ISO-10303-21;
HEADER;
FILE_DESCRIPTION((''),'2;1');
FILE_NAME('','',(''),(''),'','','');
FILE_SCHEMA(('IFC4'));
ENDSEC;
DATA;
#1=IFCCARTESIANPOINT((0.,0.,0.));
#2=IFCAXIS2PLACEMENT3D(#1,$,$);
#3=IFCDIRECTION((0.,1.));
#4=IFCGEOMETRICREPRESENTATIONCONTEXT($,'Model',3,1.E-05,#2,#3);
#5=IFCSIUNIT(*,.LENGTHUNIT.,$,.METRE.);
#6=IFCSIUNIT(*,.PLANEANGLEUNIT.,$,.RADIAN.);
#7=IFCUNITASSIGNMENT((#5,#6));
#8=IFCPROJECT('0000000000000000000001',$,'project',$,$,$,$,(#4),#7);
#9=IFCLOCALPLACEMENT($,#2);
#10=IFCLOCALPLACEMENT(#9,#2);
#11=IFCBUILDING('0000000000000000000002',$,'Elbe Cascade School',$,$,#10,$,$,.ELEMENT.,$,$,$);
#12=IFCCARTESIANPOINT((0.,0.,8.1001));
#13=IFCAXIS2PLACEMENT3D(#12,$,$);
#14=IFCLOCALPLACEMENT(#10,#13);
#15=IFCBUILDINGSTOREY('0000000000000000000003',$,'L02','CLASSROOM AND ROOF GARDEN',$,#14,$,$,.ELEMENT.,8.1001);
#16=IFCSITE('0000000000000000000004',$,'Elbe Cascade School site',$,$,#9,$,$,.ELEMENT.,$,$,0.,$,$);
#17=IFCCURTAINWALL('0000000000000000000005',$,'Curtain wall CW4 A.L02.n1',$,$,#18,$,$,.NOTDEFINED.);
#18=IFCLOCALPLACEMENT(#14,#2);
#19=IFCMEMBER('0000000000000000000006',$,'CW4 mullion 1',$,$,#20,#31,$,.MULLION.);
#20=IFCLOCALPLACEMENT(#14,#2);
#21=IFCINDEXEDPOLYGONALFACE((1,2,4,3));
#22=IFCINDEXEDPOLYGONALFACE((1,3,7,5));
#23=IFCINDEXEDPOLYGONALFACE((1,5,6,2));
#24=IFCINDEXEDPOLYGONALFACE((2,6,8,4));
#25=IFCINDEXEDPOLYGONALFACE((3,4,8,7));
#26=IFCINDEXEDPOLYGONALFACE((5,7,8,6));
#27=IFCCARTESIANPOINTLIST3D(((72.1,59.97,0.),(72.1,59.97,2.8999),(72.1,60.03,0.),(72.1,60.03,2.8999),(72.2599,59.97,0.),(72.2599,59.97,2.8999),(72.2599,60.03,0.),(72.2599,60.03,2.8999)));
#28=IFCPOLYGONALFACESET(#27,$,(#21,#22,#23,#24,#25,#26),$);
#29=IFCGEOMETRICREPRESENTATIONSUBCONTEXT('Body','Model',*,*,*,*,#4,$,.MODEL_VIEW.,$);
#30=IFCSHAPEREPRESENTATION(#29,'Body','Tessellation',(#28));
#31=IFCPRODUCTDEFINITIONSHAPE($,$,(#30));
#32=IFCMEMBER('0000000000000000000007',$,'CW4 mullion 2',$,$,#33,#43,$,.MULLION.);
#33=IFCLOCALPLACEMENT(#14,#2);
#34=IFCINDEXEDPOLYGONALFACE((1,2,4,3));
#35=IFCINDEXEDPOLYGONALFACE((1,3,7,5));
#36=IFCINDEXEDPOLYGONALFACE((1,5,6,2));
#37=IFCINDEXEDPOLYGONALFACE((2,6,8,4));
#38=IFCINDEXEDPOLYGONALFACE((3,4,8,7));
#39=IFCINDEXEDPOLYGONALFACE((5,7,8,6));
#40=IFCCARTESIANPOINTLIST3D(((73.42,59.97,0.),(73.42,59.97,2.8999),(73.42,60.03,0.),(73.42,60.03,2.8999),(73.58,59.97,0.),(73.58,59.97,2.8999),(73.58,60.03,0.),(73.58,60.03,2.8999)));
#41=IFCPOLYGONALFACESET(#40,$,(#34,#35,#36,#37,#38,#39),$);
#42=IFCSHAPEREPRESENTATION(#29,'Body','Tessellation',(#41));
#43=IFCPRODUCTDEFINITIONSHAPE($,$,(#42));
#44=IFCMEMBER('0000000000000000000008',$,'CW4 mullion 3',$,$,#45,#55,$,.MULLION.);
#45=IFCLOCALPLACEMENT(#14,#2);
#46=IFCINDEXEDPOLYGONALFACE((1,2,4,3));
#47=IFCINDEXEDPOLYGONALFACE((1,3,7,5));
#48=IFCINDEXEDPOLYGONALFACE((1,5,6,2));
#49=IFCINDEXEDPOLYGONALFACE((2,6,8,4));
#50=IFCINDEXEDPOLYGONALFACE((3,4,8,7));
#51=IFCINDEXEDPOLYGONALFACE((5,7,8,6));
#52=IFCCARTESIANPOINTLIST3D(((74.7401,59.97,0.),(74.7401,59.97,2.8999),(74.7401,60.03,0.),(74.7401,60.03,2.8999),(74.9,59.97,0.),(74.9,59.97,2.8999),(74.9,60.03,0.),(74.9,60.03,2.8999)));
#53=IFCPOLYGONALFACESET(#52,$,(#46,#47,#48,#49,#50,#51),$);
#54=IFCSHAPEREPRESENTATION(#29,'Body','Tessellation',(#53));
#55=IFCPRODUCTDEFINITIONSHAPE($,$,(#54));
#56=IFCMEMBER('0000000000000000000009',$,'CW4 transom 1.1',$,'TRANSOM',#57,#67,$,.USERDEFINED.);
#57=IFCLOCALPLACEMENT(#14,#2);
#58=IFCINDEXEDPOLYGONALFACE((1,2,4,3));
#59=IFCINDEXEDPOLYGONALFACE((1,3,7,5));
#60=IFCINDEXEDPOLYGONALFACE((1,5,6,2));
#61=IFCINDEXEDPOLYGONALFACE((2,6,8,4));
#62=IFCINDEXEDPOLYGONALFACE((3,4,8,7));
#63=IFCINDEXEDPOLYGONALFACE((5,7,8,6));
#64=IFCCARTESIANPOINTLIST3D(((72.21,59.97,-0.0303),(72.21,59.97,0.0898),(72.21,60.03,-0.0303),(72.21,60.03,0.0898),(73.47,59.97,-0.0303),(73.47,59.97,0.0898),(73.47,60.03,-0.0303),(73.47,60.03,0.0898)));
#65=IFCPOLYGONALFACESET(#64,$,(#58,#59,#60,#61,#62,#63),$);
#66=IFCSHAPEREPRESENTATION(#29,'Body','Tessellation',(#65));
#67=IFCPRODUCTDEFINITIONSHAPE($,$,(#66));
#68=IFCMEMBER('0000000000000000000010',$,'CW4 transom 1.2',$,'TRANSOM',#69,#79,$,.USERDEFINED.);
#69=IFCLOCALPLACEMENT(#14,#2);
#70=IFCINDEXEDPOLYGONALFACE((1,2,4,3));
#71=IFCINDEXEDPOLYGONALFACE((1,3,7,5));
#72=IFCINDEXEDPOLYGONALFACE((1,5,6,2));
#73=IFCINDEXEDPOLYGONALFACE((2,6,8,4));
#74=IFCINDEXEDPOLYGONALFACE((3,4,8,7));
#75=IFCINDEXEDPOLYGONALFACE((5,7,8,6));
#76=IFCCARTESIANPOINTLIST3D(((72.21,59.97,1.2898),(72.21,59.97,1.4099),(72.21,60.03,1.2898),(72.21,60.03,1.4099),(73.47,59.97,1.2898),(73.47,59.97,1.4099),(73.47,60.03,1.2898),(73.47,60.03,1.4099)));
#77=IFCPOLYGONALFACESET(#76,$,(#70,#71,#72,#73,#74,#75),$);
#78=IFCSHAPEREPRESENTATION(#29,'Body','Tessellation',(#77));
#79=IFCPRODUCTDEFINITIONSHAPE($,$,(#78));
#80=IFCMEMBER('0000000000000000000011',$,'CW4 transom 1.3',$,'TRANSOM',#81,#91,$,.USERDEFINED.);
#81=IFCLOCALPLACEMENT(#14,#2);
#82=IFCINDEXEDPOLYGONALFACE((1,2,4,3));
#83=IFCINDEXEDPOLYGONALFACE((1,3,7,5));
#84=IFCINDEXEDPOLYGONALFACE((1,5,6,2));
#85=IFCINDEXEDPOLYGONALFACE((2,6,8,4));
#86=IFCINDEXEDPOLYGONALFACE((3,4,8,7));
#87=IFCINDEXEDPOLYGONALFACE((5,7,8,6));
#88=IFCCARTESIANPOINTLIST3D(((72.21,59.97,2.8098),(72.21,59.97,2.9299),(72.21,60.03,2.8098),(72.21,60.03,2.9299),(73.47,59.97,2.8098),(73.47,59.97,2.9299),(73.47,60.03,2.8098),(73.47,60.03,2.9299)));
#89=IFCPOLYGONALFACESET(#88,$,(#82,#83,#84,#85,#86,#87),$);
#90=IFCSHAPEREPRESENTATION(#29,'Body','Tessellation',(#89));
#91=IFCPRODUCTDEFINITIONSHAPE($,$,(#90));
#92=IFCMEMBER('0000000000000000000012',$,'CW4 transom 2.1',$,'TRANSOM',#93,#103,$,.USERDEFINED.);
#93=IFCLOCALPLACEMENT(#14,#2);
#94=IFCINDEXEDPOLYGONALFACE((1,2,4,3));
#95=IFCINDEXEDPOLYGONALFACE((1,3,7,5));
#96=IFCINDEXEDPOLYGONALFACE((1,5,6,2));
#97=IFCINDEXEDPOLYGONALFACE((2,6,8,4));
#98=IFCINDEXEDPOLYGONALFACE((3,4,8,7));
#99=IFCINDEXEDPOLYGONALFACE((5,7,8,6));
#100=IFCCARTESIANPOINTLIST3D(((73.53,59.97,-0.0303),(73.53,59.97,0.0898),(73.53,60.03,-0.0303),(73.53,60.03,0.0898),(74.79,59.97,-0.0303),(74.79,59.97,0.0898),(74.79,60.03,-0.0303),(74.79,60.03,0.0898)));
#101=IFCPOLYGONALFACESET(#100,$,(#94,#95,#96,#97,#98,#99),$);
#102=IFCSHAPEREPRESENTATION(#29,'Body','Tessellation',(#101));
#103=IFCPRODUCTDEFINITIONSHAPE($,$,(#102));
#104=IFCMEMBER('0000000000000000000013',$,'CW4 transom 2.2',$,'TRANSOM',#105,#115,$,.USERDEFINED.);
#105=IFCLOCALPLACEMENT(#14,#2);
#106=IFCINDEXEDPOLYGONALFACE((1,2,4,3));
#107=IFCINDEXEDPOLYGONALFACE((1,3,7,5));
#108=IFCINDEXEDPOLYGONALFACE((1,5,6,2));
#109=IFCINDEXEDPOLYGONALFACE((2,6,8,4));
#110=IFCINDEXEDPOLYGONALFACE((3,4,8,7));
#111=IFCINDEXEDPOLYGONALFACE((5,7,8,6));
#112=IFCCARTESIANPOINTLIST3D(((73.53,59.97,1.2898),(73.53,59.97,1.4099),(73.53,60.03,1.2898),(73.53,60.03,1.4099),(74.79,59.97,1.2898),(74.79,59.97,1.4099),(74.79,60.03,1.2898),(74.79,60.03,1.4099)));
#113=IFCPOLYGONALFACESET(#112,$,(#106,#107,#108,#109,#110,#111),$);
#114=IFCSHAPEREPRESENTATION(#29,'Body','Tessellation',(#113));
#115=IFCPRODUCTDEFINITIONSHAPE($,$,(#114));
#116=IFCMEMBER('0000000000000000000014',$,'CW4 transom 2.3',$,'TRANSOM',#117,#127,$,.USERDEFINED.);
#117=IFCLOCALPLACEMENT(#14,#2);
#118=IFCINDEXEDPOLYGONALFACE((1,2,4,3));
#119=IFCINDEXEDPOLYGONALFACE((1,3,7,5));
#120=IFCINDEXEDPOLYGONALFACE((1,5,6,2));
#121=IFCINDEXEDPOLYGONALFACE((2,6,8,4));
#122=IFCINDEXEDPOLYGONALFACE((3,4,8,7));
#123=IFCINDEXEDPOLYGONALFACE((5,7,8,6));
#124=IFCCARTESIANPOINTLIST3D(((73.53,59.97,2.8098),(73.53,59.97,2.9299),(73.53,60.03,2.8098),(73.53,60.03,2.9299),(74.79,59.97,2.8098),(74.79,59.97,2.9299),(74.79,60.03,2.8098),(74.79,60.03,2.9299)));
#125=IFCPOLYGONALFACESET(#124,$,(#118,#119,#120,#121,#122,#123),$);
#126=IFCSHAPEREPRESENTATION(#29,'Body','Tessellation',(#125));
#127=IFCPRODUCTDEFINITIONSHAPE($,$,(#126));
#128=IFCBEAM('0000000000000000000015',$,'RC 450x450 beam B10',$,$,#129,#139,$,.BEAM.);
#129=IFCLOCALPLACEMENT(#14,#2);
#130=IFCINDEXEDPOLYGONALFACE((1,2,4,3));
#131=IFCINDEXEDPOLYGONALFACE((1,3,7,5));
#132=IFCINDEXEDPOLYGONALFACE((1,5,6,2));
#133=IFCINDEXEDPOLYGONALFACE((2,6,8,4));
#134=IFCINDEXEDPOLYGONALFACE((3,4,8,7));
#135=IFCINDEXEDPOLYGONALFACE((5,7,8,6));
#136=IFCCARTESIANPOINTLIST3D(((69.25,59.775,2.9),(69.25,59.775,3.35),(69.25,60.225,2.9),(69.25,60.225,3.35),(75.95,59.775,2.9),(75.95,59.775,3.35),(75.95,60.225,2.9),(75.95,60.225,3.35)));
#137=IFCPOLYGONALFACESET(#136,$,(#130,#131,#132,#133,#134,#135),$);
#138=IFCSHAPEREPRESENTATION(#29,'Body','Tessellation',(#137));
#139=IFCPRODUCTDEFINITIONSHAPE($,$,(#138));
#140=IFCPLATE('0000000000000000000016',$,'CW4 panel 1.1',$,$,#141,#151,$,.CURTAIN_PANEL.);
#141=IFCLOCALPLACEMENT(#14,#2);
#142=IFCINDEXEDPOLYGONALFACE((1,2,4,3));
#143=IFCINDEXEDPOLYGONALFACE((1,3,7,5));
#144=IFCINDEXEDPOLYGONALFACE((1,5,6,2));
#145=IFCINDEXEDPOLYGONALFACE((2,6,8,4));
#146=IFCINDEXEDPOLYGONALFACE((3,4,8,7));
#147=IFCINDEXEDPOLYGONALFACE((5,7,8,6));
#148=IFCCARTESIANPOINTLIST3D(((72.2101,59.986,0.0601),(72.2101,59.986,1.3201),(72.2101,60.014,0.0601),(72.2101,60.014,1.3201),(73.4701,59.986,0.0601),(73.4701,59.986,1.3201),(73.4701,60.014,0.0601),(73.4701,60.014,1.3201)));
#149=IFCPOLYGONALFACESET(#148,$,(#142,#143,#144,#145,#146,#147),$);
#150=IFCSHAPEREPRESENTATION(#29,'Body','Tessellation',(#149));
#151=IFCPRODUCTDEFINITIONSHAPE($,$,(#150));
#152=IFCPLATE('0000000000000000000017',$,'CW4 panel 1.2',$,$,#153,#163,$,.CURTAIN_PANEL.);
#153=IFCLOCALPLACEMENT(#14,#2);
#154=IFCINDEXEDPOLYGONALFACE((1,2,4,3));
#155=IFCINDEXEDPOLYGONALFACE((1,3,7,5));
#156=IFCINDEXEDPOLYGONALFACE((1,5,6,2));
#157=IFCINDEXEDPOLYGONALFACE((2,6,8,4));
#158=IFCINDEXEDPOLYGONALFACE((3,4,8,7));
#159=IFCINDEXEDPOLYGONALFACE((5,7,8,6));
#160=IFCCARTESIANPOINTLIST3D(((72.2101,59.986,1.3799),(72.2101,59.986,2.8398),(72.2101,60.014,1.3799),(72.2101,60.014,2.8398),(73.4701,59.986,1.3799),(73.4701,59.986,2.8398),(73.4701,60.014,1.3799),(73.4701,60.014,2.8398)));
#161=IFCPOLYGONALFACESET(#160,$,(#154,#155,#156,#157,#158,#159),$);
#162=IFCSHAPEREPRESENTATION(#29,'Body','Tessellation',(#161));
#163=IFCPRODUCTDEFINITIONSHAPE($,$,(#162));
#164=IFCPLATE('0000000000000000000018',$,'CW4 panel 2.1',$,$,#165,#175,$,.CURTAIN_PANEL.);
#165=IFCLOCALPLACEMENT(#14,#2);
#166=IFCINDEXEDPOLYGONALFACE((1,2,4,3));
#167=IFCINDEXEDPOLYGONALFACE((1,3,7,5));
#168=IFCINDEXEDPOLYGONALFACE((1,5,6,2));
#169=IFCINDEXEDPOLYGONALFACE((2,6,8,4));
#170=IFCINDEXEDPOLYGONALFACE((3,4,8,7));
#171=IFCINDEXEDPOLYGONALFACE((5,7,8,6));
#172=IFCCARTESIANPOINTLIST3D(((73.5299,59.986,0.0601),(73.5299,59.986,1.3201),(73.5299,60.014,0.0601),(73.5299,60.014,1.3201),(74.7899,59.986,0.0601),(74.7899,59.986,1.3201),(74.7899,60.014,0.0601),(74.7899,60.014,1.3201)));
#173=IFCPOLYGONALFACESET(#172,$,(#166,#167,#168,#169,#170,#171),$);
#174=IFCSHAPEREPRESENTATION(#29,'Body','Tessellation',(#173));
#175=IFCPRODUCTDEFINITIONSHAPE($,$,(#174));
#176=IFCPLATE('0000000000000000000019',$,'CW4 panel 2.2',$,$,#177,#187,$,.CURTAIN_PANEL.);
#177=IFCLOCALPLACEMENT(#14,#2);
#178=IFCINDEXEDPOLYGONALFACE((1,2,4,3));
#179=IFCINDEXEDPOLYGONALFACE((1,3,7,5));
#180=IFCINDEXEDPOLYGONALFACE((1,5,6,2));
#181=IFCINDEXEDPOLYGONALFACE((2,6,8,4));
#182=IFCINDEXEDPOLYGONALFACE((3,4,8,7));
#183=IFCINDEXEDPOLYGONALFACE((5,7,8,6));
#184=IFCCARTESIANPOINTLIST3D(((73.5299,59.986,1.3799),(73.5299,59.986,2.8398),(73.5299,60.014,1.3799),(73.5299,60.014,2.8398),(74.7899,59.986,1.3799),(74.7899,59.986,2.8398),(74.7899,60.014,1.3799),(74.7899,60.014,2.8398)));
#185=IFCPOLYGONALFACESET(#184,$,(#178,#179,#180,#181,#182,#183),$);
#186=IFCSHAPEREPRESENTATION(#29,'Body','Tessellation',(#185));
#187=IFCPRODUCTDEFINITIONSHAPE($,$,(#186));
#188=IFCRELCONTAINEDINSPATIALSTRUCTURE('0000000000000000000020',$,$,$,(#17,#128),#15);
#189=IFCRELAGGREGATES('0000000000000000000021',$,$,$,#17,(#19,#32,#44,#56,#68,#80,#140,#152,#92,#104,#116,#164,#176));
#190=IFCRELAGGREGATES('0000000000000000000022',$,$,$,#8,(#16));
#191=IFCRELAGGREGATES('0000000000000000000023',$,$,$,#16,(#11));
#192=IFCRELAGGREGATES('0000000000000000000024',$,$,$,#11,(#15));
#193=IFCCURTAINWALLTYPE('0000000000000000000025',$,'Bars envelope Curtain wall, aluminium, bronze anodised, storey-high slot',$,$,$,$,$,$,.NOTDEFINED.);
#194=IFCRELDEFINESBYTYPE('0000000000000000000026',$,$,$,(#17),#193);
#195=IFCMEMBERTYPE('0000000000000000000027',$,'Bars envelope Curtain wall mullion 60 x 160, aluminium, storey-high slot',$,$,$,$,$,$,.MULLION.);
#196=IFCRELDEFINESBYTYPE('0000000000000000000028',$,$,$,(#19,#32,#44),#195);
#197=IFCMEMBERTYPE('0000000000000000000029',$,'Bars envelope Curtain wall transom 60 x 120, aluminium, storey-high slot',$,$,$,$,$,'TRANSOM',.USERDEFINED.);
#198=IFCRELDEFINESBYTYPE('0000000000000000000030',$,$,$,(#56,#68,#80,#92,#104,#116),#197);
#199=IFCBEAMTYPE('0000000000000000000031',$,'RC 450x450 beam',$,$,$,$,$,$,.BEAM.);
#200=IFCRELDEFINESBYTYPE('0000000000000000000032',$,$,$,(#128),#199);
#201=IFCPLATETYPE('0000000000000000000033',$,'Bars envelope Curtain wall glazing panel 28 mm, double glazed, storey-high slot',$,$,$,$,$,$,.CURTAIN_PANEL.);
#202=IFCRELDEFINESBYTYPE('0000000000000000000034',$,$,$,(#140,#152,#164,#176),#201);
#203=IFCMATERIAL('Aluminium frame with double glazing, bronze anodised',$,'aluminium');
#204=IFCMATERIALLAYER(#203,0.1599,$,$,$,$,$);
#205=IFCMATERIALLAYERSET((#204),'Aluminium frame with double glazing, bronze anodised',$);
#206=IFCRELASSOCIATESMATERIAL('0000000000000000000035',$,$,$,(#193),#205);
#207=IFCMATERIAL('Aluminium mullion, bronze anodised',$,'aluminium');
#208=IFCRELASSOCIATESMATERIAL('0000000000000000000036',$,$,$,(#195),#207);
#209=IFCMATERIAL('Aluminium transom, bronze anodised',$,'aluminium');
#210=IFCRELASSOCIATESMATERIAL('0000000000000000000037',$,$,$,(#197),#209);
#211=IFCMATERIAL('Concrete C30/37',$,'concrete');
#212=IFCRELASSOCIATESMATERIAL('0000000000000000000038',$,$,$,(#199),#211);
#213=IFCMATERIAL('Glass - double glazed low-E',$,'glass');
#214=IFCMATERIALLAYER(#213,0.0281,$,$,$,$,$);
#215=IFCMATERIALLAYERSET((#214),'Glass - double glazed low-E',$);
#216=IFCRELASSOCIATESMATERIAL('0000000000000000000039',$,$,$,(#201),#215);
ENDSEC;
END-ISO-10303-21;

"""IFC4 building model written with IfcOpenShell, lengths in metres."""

from ifc_helpers import new_model, si_unit, direction, frame, origin, origin_2d, place, context, subcontext, project, spatial, rectangle, extrude, material, layer, layer_set, material_profile, profile_set, type_object, element, aggregate, save


model = new_model("IFC4")

# Units and contexts
model_context = context("Model", 3, precision=1e-05, world=origin(), true_north=direction((0.0, 1.0)))
body_context = subcontext(model_context, "Body", "Model", "MODEL_VIEW")
ifc_project = project(units=[si_unit("LENGTHUNIT", "METRE"), si_unit("PLANEANGLEUNIT", "RADIAN")], contexts=[model_context])

# Site, building, storey
site_placement = place(None, origin())
site = spatial("IfcSite", under=ifc_project, at=site_placement, Name="Elbe Cascade School site", CompositionType="ELEMENT", RefElevation=0.0)
building_placement = place(site_placement, origin())
building = spatial("IfcBuilding", under=site, at=building_placement, Name="Elbe Cascade School", CompositionType="ELEMENT")
storey_placement = place(building_placement, frame((0.0, 0.0, 8.1001)))
storey = spatial("IfcBuildingStorey", under=building, at=storey_placement, Name="L02", Description="CLASSROOM AND ROOF GARDEN", CompositionType="ELEMENT", Elevation=8.1001)

# Curtain wall, members
ifc_material_1 = material(Name="Aluminium frame with double glazing, bronze anodised", Category="aluminium")
ifc_layer_1 = layer(ifc_material_1, 0.1599)
ifc_layer_set_1 = layer_set([ifc_layer_1], Name="Aluminium frame with double glazing, bronze anodised")
curtain_wall_type = type_object("IfcCurtainWallType", Name="Bars envelope Curtain wall, aluminium, bronze anodised, storey-high slot", PredefinedType="NOTDEFINED", material=ifc_layer_set_1)
curtain_wall_placement = place(storey_placement, origin())
curtain_wall = element("IfcCurtainWall", 1, at=curtain_wall_placement, inside=storey, type_object=curtain_wall_type, Name="Curtain wall CW4 A.L02.n1", PredefinedType="NOTDEFINED")
ifc_material_2 = material(Name="Aluminium mullion, bronze anodised", Category="aluminium")
ifc_material_profile_1 = material_profile(ifc_material_2, rectangle(XDim=0.0601, YDim=0.1599, at=origin_2d()), Name="Bars envelope Curtain wall mullion 60 x 160, aluminium, storey-high slot")
ifc_profile_set_1 = profile_set([ifc_material_profile_1], Name="Aluminium mullion, bronze anodised")
member_type_1 = type_object("IfcMemberType", Name="Bars envelope Curtain wall mullion 60 x 160, aluminium, storey-high slot", PredefinedType="MULLION", material=ifc_profile_set_1)
member_1_placement = place(storey_placement, frame((72.1799, 60.0, 0.0), z_axis=(0.0, 0.0, 1.0), x_axis=(0.0, 1.0, 0.0)))
member_1 = element("IfcMember", 2, at=member_1_placement, type_object=member_type_1, Name="CW4 mullion 1", PredefinedType="MULLION", context=body_context, shape_type="SweptSolid", body=[
    extrude(rectangle(XDim=0.0601, YDim=0.1599, at=origin_2d()), origin(), (0.0, 0.0, 1.0), 2.8999),
])
member_2_placement = place(storey_placement, frame((73.5, 60.0, 0.0), z_axis=(0.0, 0.0, 1.0), x_axis=(0.0, 1.0, 0.0)))
member_2 = element("IfcMember", 3, at=member_2_placement, type_object=member_type_1, Name="CW4 mullion 2", PredefinedType="MULLION", context=body_context, shape_type="SweptSolid", body=[
    extrude(rectangle(XDim=0.0601, YDim=0.1599, at=origin_2d()), origin(), (0.0, 0.0, 1.0), 2.8999),
])
member_3_placement = place(storey_placement, frame((74.8201, 60.0, 0.0), z_axis=(0.0, 0.0, 1.0), x_axis=(0.0, 1.0, 0.0)))
member_3 = element("IfcMember", 4, at=member_3_placement, type_object=member_type_1, Name="CW4 mullion 3", PredefinedType="MULLION", context=body_context, shape_type="SweptSolid", body=[
    extrude(rectangle(XDim=0.0601, YDim=0.1599, at=origin_2d()), origin(), (0.0, 0.0, 1.0), 2.8999),
])
ifc_material_3 = material(Name="Aluminium transom, bronze anodised", Category="aluminium")
ifc_material_profile_2 = material_profile(ifc_material_3, rectangle(XDim=0.0601, YDim=0.1201, at=origin_2d()), Name="Bars envelope Curtain wall transom 60 x 120, aluminium, storey-high slot")
ifc_profile_set_2 = profile_set([ifc_material_profile_2], Name="Aluminium transom, bronze anodised")
member_type_2 = type_object("IfcMemberType", Name="Bars envelope Curtain wall transom 60 x 120, aluminium, storey-high slot", ElementType="TRANSOM", PredefinedType="USERDEFINED", material=ifc_profile_set_2)
member_4_placement = place(storey_placement, frame((72.21, 60.0, 0.0298), z_axis=(1.0, 0.0, 0.0), x_axis=(0.0, 1.0, 0.0)))
member_4 = element("IfcMember", 5, at=member_4_placement, type_object=member_type_2, Name="CW4 transom 1.1", ObjectType="TRANSOM", PredefinedType="USERDEFINED", context=body_context, shape_type="SweptSolid", body=[
    extrude(rectangle(XDim=0.0601, YDim=0.1201, at=origin_2d()), origin(), (0.0, 0.0, 1.0), 1.26),
])
member_5_placement = place(storey_placement, frame((72.21, 60.0, 1.3499), z_axis=(1.0, 0.0, 0.0), x_axis=(0.0, 1.0, 0.0)))
member_5 = element("IfcMember", 6, at=member_5_placement, type_object=member_type_2, Name="CW4 transom 1.2", ObjectType="TRANSOM", PredefinedType="USERDEFINED", context=body_context, shape_type="SweptSolid", body=[
    extrude(rectangle(XDim=0.0601, YDim=0.1201, at=origin_2d()), origin(), (0.0, 0.0, 1.0), 1.26),
])
member_6_placement = place(storey_placement, frame((72.21, 60.0, 2.8699), z_axis=(1.0, 0.0, 0.0), x_axis=(0.0, 1.0, 0.0)))
member_6 = element("IfcMember", 7, at=member_6_placement, type_object=member_type_2, Name="CW4 transom 1.3", ObjectType="TRANSOM", PredefinedType="USERDEFINED", context=body_context, shape_type="SweptSolid", body=[
    extrude(rectangle(XDim=0.0601, YDim=0.1201, at=origin_2d()), origin(), (0.0, 0.0, 1.0), 1.26),
])
member_7_placement = place(storey_placement, frame((73.53, 60.0, 0.0298), z_axis=(1.0, 0.0, 0.0), x_axis=(0.0, 1.0, 0.0)))
member_7 = element("IfcMember", 8, at=member_7_placement, type_object=member_type_2, Name="CW4 transom 2.1", ObjectType="TRANSOM", PredefinedType="USERDEFINED", context=body_context, shape_type="SweptSolid", body=[
    extrude(rectangle(XDim=0.0601, YDim=0.1201, at=origin_2d()), origin(), (0.0, 0.0, 1.0), 1.26),
])
member_8_placement = place(storey_placement, frame((73.53, 60.0, 1.3499), z_axis=(1.0, 0.0, 0.0), x_axis=(0.0, 1.0, 0.0)))
member_8 = element("IfcMember", 9, at=member_8_placement, type_object=member_type_2, Name="CW4 transom 2.2", ObjectType="TRANSOM", PredefinedType="USERDEFINED", context=body_context, shape_type="SweptSolid", body=[
    extrude(rectangle(XDim=0.0601, YDim=0.1201, at=origin_2d()), origin(), (0.0, 0.0, 1.0), 1.26),
])
member_9_placement = place(storey_placement, frame((73.53, 60.0, 2.8699), z_axis=(1.0, 0.0, 0.0), x_axis=(0.0, 1.0, 0.0)))
member_9 = element("IfcMember", 10, at=member_9_placement, type_object=member_type_2, Name="CW4 transom 2.3", ObjectType="TRANSOM", PredefinedType="USERDEFINED", context=body_context, shape_type="SweptSolid", body=[
    extrude(rectangle(XDim=0.0601, YDim=0.1201, at=origin_2d()), origin(), (0.0, 0.0, 1.0), 1.26),
])

# Beam
ifc_material_4 = material(Name="Concrete C30/37", Category="concrete")
ifc_material_profile_3 = material_profile(ifc_material_4, rectangle(XDim=0.45, YDim=0.45, at=origin_2d()), Name="RC 450x450")
ifc_profile_set_3 = profile_set([ifc_material_profile_3], Name="Concrete C30/37")
beam_type = type_object("IfcBeamType", Name="RC 450x450 beam", PredefinedType="BEAM", material=ifc_profile_set_3)
beam_placement = place(storey_placement, frame((69.25, 60.0, 3.125), z_axis=(1.0, 0.0, 0.0), x_axis=(0.0, 1.0, 0.0)))
element("IfcBeam", 11, at=beam_placement, inside=storey, type_object=beam_type, Name="RC 450x450 beam B10", PredefinedType="BEAM", context=body_context, shape_type="SweptSolid", body=[
    extrude(rectangle(XDim=0.45, YDim=0.45, at=origin_2d()), origin(), (0.0, 0.0, 1.0), 6.7),
])

# Plates
ifc_material_5 = material(Name="Glass - double glazed low-E", Category="glass")
ifc_layer_2 = layer(ifc_material_5, 0.0281)
ifc_layer_set_2 = layer_set([ifc_layer_2], Name="Glass - double glazed low-E")
plate_type = type_object("IfcPlateType", Name="Bars envelope Curtain wall glazing panel 28 mm, double glazed, storey-high slot", PredefinedType="CURTAIN_PANEL", material=ifc_layer_set_2)
plate_1_placement = place(storey_placement, frame((72.8401, 60.0, 0.0601), z_axis=(0.0, 0.0, 1.0), x_axis=(1.0, 0.0, 0.0)))
plate_1 = element("IfcPlate", 12, at=plate_1_placement, type_object=plate_type, Name="CW4 panel 1.1", PredefinedType="CURTAIN_PANEL", context=body_context, shape_type="SweptSolid", body=[
    extrude(rectangle(XDim=1.26, YDim=0.0281, at=origin_2d()), origin(), (0.0, 0.0, 1.0), 1.26),
])
plate_2_placement = place(storey_placement, frame((72.8401, 60.0, 1.3799), z_axis=(0.0, 0.0, 1.0), x_axis=(1.0, 0.0, 0.0)))
plate_2 = element("IfcPlate", 13, at=plate_2_placement, type_object=plate_type, Name="CW4 panel 1.2", PredefinedType="CURTAIN_PANEL", context=body_context, shape_type="SweptSolid", body=[
    extrude(rectangle(XDim=1.26, YDim=0.0281, at=origin_2d()), origin(), (0.0, 0.0, 1.0), 1.46),
])
plate_3_placement = place(storey_placement, frame((74.1599, 60.0, 0.0601), z_axis=(0.0, 0.0, 1.0), x_axis=(1.0, 0.0, 0.0)))
plate_3 = element("IfcPlate", 14, at=plate_3_placement, type_object=plate_type, Name="CW4 panel 2.1", PredefinedType="CURTAIN_PANEL", context=body_context, shape_type="SweptSolid", body=[
    extrude(rectangle(XDim=1.26, YDim=0.0281, at=origin_2d()), origin(), (0.0, 0.0, 1.0), 1.26),
])
plate_4_placement = place(storey_placement, frame((74.1599, 60.0, 1.3799), z_axis=(0.0, 0.0, 1.0), x_axis=(1.0, 0.0, 0.0)))
plate_4 = element("IfcPlate", 15, at=plate_4_placement, type_object=plate_type, Name="CW4 panel 2.2", PredefinedType="CURTAIN_PANEL", context=body_context, shape_type="SweptSolid", body=[
    extrude(rectangle(XDim=1.26, YDim=0.0281, at=origin_2d()), origin(), (0.0, 0.0, 1.0), 1.46),
])
aggregate(curtain_wall, [member_1, member_2, member_3, member_4, member_5, member_6, plate_1, plate_2, member_7, member_8, member_9, plate_3, plate_4])

save(model, "model.ifc")
